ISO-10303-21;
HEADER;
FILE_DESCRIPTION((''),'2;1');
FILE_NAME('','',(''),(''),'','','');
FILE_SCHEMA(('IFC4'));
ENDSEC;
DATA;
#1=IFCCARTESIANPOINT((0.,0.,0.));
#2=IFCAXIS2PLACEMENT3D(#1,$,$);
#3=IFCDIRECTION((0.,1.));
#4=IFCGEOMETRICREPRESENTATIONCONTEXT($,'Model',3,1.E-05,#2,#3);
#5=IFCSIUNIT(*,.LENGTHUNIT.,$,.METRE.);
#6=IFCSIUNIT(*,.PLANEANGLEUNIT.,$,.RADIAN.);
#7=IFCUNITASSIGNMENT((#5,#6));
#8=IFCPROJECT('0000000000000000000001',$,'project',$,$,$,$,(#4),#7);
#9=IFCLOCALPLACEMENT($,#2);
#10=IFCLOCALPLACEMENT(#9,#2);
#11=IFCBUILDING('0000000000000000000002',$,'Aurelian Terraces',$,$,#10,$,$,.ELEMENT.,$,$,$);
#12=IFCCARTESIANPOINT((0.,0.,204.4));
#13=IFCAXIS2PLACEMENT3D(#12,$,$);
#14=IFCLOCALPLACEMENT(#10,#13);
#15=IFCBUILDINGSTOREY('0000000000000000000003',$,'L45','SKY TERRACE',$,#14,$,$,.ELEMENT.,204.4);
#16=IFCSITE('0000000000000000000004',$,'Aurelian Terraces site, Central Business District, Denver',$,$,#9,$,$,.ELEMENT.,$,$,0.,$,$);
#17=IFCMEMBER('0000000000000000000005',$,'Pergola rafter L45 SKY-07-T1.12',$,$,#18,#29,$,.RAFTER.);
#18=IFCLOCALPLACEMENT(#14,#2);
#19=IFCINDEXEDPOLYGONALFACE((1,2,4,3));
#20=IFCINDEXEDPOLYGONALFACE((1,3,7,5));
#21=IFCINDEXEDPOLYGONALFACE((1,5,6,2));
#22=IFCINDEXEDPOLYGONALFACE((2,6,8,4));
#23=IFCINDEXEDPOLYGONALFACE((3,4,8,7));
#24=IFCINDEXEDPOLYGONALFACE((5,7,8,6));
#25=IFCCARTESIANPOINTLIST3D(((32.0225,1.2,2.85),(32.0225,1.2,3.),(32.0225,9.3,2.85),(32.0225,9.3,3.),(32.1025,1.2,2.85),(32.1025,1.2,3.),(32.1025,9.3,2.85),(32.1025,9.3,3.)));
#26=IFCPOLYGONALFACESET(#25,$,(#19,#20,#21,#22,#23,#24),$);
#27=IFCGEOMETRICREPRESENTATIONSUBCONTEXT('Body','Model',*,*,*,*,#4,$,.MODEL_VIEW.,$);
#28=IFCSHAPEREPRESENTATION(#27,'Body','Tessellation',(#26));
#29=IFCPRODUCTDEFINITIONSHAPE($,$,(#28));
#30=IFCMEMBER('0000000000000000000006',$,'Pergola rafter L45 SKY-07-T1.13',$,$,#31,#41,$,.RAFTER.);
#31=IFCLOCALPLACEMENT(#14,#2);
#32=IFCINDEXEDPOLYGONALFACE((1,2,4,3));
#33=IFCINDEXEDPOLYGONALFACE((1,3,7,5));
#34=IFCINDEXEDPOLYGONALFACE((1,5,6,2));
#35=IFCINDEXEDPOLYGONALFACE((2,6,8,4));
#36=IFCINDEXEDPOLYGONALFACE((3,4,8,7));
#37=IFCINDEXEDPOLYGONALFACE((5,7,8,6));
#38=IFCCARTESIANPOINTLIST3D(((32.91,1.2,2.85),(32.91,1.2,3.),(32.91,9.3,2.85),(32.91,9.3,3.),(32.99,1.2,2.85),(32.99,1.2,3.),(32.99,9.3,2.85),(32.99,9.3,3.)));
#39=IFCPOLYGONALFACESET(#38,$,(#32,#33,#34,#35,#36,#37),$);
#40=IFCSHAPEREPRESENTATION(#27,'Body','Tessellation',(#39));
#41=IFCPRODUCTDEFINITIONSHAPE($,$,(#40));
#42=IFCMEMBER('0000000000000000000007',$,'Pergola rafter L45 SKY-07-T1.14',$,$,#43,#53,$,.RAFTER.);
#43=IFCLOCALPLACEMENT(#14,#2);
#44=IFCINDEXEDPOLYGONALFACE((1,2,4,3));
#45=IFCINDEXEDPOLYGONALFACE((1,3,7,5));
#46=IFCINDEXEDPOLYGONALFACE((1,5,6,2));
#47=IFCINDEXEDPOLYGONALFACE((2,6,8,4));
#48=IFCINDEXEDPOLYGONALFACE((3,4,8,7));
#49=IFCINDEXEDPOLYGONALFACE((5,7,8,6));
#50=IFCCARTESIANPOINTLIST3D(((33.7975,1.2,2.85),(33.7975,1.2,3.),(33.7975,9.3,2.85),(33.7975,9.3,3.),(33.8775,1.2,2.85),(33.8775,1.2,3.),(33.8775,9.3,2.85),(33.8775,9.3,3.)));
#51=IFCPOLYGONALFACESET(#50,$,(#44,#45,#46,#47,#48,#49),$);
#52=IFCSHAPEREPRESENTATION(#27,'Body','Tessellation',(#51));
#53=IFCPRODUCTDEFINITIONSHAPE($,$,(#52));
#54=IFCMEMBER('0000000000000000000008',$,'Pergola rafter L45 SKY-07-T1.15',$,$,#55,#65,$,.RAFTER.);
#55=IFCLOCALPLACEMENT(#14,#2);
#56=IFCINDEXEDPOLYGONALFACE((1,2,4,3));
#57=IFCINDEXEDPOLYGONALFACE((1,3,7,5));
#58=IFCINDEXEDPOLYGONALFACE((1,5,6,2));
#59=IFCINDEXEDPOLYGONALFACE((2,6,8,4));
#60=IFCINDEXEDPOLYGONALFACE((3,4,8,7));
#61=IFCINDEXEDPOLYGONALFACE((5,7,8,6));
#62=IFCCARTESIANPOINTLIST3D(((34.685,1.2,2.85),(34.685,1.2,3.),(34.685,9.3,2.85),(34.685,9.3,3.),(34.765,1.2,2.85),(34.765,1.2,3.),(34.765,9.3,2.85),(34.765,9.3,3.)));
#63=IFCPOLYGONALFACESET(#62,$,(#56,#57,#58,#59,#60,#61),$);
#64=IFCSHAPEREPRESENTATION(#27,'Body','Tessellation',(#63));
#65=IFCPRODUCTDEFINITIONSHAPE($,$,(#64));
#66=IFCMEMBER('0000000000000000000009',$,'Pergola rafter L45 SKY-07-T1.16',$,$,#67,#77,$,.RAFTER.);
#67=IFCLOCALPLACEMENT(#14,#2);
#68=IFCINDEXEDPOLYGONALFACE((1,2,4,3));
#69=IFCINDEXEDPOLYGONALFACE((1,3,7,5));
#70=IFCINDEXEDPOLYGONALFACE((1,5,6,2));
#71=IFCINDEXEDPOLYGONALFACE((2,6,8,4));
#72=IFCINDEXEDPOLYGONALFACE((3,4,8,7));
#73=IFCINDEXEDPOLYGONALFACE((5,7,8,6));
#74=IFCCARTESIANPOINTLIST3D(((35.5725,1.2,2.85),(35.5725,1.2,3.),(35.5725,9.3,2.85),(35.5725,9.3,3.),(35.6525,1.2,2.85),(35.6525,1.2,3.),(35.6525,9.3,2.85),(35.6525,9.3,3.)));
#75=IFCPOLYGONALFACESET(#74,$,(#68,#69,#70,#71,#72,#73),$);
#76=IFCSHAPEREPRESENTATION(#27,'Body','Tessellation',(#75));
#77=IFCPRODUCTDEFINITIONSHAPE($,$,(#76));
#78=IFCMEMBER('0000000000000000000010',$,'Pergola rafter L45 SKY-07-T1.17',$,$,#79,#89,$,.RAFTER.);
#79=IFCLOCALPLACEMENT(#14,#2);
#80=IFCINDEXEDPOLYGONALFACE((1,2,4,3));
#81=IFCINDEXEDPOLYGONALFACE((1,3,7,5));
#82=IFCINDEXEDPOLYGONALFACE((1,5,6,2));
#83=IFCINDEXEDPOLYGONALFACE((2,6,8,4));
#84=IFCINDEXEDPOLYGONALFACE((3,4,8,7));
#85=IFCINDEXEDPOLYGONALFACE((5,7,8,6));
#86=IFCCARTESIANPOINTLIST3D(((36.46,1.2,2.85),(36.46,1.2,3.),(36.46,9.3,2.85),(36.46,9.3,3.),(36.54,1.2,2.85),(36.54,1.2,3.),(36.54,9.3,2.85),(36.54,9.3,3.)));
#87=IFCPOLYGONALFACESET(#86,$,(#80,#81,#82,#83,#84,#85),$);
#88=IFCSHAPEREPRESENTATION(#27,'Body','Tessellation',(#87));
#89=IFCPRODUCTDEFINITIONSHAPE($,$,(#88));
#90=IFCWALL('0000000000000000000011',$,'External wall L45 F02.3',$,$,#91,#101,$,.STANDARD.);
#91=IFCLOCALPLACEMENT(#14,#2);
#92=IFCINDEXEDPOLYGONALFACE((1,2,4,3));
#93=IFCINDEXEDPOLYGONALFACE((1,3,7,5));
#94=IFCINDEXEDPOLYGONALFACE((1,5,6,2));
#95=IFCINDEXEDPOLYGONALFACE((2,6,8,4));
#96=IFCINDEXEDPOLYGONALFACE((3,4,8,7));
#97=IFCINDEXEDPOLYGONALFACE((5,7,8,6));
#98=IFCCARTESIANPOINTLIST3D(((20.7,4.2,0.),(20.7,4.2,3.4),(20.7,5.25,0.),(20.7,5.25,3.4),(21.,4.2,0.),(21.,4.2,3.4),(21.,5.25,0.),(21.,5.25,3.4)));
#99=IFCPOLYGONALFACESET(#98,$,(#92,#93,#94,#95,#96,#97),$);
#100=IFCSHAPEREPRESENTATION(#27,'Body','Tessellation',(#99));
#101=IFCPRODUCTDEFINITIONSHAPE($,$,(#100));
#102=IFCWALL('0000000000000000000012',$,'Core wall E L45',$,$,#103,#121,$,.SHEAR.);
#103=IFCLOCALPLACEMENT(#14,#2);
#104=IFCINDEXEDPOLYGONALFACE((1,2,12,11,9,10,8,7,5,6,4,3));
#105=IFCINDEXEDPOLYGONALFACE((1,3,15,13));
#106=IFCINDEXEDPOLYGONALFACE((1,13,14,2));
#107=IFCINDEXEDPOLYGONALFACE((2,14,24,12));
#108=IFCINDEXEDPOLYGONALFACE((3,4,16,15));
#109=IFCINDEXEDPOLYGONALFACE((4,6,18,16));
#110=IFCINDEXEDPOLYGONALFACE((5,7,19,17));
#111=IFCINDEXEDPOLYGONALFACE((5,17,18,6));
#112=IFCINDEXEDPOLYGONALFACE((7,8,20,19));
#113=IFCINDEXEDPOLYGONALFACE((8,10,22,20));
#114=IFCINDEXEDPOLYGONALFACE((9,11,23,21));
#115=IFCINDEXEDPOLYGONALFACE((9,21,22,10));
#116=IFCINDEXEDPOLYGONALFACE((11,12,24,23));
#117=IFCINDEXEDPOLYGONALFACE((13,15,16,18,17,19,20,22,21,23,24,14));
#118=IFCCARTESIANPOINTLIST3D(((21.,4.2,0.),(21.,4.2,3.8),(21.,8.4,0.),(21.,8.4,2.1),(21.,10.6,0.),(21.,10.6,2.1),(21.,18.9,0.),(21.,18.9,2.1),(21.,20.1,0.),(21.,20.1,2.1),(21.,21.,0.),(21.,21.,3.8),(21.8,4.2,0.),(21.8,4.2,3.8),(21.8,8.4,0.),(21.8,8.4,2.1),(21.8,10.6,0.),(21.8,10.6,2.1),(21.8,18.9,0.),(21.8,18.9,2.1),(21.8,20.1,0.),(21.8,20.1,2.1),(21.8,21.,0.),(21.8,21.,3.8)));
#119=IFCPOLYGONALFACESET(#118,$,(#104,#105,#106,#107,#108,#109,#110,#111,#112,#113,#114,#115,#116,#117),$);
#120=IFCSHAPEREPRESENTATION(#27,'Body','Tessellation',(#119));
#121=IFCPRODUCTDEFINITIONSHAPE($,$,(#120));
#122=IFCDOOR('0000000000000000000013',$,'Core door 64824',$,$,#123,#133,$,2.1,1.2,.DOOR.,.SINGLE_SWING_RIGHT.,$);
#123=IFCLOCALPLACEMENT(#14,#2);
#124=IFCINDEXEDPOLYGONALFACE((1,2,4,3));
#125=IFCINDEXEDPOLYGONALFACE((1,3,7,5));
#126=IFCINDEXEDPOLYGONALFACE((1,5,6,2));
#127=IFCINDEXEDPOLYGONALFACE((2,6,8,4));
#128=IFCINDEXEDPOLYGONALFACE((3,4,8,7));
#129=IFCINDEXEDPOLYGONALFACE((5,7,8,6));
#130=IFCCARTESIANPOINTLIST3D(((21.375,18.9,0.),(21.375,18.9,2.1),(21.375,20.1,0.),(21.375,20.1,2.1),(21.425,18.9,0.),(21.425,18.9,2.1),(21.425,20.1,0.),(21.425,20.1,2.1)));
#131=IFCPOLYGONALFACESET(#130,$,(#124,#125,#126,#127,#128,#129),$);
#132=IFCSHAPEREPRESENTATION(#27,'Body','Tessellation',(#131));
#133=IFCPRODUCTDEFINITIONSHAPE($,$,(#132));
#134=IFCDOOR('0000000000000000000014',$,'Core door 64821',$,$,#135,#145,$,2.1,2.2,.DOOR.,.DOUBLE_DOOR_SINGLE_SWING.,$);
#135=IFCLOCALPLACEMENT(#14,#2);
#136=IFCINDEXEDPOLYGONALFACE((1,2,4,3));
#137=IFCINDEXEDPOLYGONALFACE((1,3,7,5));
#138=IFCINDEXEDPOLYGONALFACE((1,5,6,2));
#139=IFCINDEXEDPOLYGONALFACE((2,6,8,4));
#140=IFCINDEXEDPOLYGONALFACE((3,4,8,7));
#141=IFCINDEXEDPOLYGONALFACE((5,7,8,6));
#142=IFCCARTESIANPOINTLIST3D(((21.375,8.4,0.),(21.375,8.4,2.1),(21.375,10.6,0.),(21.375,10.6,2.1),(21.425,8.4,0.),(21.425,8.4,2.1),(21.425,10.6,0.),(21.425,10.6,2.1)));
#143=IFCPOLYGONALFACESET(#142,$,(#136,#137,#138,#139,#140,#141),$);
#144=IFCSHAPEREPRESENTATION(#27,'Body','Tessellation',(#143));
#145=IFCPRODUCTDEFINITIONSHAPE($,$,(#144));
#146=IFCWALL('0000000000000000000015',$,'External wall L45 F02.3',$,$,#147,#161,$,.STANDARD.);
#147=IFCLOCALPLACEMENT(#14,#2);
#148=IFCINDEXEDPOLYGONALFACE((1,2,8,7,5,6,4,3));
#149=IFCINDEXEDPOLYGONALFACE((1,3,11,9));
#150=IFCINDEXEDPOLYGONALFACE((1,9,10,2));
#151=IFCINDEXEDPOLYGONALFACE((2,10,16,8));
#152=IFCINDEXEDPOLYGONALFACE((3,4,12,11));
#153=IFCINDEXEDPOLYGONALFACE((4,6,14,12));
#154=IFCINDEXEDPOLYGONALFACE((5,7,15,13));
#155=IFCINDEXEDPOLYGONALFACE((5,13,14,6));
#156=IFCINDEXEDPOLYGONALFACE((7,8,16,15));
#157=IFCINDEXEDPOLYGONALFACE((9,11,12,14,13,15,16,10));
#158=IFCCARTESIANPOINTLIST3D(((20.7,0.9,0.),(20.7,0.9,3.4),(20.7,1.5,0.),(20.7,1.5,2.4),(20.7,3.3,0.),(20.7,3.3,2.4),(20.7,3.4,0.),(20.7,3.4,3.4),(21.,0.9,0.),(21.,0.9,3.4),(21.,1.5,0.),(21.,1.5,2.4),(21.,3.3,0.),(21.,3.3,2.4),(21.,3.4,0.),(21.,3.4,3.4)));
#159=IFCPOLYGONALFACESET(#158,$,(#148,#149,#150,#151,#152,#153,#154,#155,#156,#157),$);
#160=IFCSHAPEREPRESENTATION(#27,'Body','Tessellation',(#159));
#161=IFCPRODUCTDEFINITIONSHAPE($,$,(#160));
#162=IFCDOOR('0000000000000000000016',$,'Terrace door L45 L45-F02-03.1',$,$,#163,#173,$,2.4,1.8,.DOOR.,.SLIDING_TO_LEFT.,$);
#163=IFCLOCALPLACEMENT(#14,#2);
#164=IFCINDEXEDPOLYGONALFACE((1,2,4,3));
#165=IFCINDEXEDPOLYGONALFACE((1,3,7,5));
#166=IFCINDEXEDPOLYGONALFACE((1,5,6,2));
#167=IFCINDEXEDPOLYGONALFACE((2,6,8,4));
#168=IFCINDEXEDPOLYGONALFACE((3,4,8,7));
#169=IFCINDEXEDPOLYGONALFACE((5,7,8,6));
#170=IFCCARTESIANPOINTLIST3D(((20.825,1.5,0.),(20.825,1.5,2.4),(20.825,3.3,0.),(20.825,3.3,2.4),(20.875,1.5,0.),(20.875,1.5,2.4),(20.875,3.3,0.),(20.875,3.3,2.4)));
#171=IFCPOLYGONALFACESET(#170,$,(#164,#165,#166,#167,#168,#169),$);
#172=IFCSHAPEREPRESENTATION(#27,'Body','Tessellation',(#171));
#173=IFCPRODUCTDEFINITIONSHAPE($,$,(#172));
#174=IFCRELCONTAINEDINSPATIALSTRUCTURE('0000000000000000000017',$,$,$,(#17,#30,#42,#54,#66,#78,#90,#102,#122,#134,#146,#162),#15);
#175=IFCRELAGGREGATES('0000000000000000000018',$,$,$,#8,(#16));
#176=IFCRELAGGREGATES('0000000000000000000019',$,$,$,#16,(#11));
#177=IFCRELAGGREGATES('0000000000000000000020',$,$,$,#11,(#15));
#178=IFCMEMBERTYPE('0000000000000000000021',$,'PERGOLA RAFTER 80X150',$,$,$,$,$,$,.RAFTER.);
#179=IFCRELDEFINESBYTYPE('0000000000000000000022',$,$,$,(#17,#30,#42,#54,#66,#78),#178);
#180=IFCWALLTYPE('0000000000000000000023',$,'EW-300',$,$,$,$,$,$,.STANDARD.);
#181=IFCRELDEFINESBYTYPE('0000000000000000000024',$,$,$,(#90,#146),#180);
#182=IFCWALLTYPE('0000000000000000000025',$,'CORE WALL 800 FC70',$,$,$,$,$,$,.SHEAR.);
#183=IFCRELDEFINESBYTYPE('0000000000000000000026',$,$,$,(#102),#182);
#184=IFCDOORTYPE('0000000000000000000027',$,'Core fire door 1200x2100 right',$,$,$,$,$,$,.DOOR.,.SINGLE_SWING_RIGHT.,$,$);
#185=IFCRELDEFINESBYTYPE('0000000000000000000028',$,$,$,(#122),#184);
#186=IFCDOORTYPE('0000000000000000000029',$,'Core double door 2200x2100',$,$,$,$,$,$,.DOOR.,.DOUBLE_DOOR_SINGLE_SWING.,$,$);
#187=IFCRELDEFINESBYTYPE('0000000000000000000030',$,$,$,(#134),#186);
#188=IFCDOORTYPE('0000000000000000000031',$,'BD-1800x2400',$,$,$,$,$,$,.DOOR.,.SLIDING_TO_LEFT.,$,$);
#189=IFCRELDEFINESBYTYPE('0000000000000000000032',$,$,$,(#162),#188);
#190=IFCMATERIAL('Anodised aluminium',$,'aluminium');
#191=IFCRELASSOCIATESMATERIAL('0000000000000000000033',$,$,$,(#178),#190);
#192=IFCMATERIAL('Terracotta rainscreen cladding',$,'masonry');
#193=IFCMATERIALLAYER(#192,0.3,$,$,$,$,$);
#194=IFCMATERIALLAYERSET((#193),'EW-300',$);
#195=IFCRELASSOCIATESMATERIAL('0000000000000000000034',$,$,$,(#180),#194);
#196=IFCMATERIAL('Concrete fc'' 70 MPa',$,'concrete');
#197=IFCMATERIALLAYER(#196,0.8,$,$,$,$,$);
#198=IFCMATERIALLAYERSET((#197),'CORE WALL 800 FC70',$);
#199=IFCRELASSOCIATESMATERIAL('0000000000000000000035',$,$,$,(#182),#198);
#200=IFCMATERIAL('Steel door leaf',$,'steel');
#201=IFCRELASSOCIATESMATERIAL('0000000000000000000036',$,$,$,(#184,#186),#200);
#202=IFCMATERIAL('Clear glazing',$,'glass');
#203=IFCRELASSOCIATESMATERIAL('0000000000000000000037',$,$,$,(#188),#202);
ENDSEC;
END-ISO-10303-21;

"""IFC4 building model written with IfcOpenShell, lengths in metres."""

from ifc_helpers import new_model, si_unit, direction, frame, frame_2d, origin, origin_2d, place, context, subcontext, project, spatial, rectangle, extrude, source, transform, mapped, material, layer, layer_set, material_profile, profile_set, type_object, element, fill, save


model = new_model("IFC4")

# Units and contexts
model_context = context("Model", 3, precision=1e-05, world=origin(), true_north=direction((0.0, 1.0)))
body_context = subcontext(model_context, "Body", "Model", "MODEL_VIEW")
ifc_project = project(units=[si_unit("LENGTHUNIT", "METRE"), si_unit("PLANEANGLEUNIT", "RADIAN")], contexts=[model_context])

# Site, building, storey
site_placement = place(None, origin())
site = spatial("IfcSite", under=ifc_project, at=site_placement, Name="Aurelian Terraces site, Central Business District, Denver", CompositionType="ELEMENT", RefElevation=0.0)
building_placement = place(site_placement, origin())
building = spatial("IfcBuilding", under=site, at=building_placement, Name="Aurelian Terraces", CompositionType="ELEMENT")
storey_placement = place(building_placement, frame((0.0, 0.0, 204.4)))
storey = spatial("IfcBuildingStorey", under=building, at=storey_placement, Name="L45", Description="SKY TERRACE", CompositionType="ELEMENT", Elevation=204.4)

# Shared definitions
ifc_material_1 = material(Name="Concrete fc' 70 MPa", Category="concrete")

# Members
ifc_material_2 = material(Name="Anodised aluminium", Category="aluminium")
ifc_material_profile_1 = material_profile(ifc_material_2, rectangle(XDim=0.08, YDim=0.15, at=origin_2d()))
ifc_profile_set_1 = profile_set([ifc_material_profile_1], Name="Anodised aluminium")
member_type_1 = type_object("IfcMemberType", Name="PERGOLA RAFTER 80X150", PredefinedType="RAFTER", material=ifc_profile_set_1)
shared_shape_1 = source(origin(), body_context, "Body", "SweptSolid", [
    extrude(rectangle(XDim=0.08, YDim=0.15, at=origin_2d()), origin(), (0.0, 0.0, 1.0), 8.1),
])
for number, where, z_axis, x_axis, name in (
    (1, (32.0625, 1.2, 2.925), (0.0, 1.0, 0.0), (-1.0, 0.0, 0.0), "Pergola rafter L45 SKY-07-T1.12"),
    (2, (32.95, 1.2, 2.925), (0.0, 1.0, 0.0), (-1.0, 0.0, 0.0), "Pergola rafter L45 SKY-07-T1.13"),
    (3, (33.8375, 1.2, 2.925), (0.0, 1.0, 0.0), (-1.0, 0.0, 0.0), "Pergola rafter L45 SKY-07-T1.14"),
    (4, (34.725, 1.2, 2.925), (0.0, 1.0, 0.0), (-1.0, 0.0, 0.0), "Pergola rafter L45 SKY-07-T1.15"),
    (5, (35.6125, 1.2, 2.925), (0.0, 1.0, 0.0), (-1.0, 0.0, 0.0), "Pergola rafter L45 SKY-07-T1.16"),
    (6, (36.5, 1.2, 2.925), (0.0, 1.0, 0.0), (-1.0, 0.0, 0.0), "Pergola rafter L45 SKY-07-T1.17"),
):
    element("IfcMember", number, at=place(storey_placement, frame(where, z_axis=z_axis, x_axis=x_axis)), inside=storey, type_object=member_type_1, Name=name, PredefinedType="RAFTER", context=body_context, shape_type="MappedRepresentation", body=[
        mapped(shared_shape_1, transform((0.0, 0.0, 0.0), scale=1.0)),
    ])

# Wall
ifc_material_3 = material(Name="Terracotta rainscreen cladding", Category="masonry")
ifc_layer_1 = layer(ifc_material_3, 0.3)
ifc_layer_set_1 = layer_set([ifc_layer_1], Name="EW-300")
wall_type_1 = type_object("IfcWallType", Name="EW-300", PredefinedType="STANDARD", material=ifc_layer_set_1)
wall_1_placement = place(storey_placement, frame((20.85, 4.2, 0.0), z_axis=(0.0, 0.0, 1.0), x_axis=(0.0, 1.0, 0.0)))
element("IfcWall", 7, at=wall_1_placement, inside=storey, type_object=wall_type_1, Name="External wall L45 F02.3", PredefinedType="STANDARD", context=body_context, shape_type="SweptSolid", body=[
    extrude(rectangle(XDim=1.05, YDim=0.3, at=frame_2d((0.525, 0.0))), origin(), (0.0, 0.0, 1.0), 3.4),
])

# Wall, openings, doors
ifc_layer_2 = layer(ifc_material_1, 0.8)
ifc_layer_set_2 = layer_set([ifc_layer_2], Name="CORE WALL 800 FC70")
wall_type_2 = type_object("IfcWallType", Name="CORE WALL 800 FC70", PredefinedType="SHEAR", material=ifc_layer_set_2)
shared_shape_2 = source(origin(), body_context, "Body", "SweptSolid", [
    extrude(rectangle(XDim=16.8, YDim=0.8, at=frame_2d((8.4, 0.0))), origin(), (0.0, 0.0, 1.0), 3.8),
])
wall_2_placement = place(storey_placement, frame((21.4, 4.2, 0.0), z_axis=(0.0, 0.0, 1.0), x_axis=(0.0, 1.0, 0.0)))
wall_2 = element("IfcWall", 8, at=wall_2_placement, inside=storey, type_object=wall_type_2, Name="Core wall E L45", PredefinedType="SHEAR", context=body_context, shape_type="MappedRepresentation", body=[
    mapped(shared_shape_2, transform((0.0, 0.0, 0.0), scale=1.0)),
])
shared_shape_3 = source(origin(), body_context, "Body", "SweptSolid", [
    extrude(rectangle(XDim=2.2, YDim=2.1, at=frame_2d((1.1, 1.05))), frame((0.0, 0.41, 0.0), z_axis=(0.0, -1.0, 0.0), x_axis=(1.0, 0.0, 0.0)), (0.0, 0.0, 1.0), 0.82),
])
opening_1_placement = place(wall_2_placement, frame((4.2, 0.0, 0.0)))
opening_1 = element("IfcOpeningElement", 9, at=opening_1_placement, cuts=wall_2, PredefinedType="OPENING", context=body_context, shape_type="MappedRepresentation", body=[
    mapped(shared_shape_3, transform((0.0, 0.0, 0.0), scale=1.0)),
])
shared_shape_4 = source(origin(), body_context, "Body", "SweptSolid", [
    extrude(rectangle(XDim=1.2, YDim=2.1, at=frame_2d((0.6, 1.05))), frame((0.0, 0.41, 0.0), z_axis=(0.0, -1.0, 0.0), x_axis=(1.0, 0.0, 0.0)), (0.0, 0.0, 1.0), 0.82),
])
opening_2_placement = place(wall_2_placement, frame((14.7, 0.0, 0.0)))
opening_2 = element("IfcOpeningElement", 10, at=opening_2_placement, cuts=wall_2, PredefinedType="OPENING", context=body_context, shape_type="MappedRepresentation", body=[
    mapped(shared_shape_4, transform((0.0, 0.0, 0.0), scale=1.0)),
])
ifc_material_4 = material(Name="Steel door leaf", Category="steel")
door_type_1 = type_object("IfcDoorType", Name="Core fire door 1200x2100 right", OperationType="SINGLE_SWING_RIGHT", PredefinedType="DOOR", material=ifc_material_4)
shared_shape_5 = source(origin(), body_context, "Body", "SweptSolid", [
    extrude(rectangle(XDim=1.2, YDim=2.1, at=frame_2d((0.6, 1.05))), frame((0.0, 0.025, 0.0), z_axis=(0.0, -1.0, 0.0), x_axis=(1.0, 0.0, 0.0)), (0.0, 0.0, 1.0), 0.05),
])
door_1_placement = place(opening_2_placement, origin())
door_1 = element("IfcDoor", 11, at=door_1_placement, inside=storey, type_object=door_type_1, Name="Core door 64824", OperationType="SINGLE_SWING_RIGHT", OverallHeight=2.1, OverallWidth=1.2, PredefinedType="DOOR", context=body_context, shape_type="MappedRepresentation", body=[
    mapped(shared_shape_5, transform((0.0, 0.0, 0.0), scale=1.0)),
])
fill(opening_2, door_1)
door_type_2 = type_object("IfcDoorType", Name="Core double door 2200x2100", OperationType="DOUBLE_DOOR_SINGLE_SWING", PredefinedType="DOOR", material=ifc_material_4)
shared_shape_6 = source(origin(), body_context, "Body", "SweptSolid", [
    extrude(rectangle(XDim=2.2, YDim=2.1, at=frame_2d((1.1, 1.05))), frame((0.0, 0.025, 0.0), z_axis=(0.0, -1.0, 0.0), x_axis=(1.0, 0.0, 0.0)), (0.0, 0.0, 1.0), 0.05),
])
door_2_placement = place(opening_1_placement, origin())
door_2 = element("IfcDoor", 12, at=door_2_placement, inside=storey, type_object=door_type_2, Name="Core door 64821", OperationType="DOUBLE_DOOR_SINGLE_SWING", OverallHeight=2.1, OverallWidth=2.2, PredefinedType="DOOR", context=body_context, shape_type="MappedRepresentation", body=[
    mapped(shared_shape_6, transform((0.0, 0.0, 0.0), scale=1.0)),
])
fill(opening_1, door_2)

# Wall, opening, door
shared_shape_7 = source(origin(), body_context, "Body", "SweptSolid", [
    extrude(rectangle(XDim=2.5, YDim=0.3, at=frame_2d((1.25, 0.0))), origin(), (0.0, 0.0, 1.0), 3.4),
])
wall_3_placement = place(storey_placement, frame((20.85, 0.9, 0.0), z_axis=(0.0, 0.0, 1.0), x_axis=(0.0, 1.0, 0.0)))
wall_3 = element("IfcWall", 13, at=wall_3_placement, inside=storey, type_object=wall_type_1, Name="External wall L45 F02.3", PredefinedType="STANDARD", context=body_context, shape_type="MappedRepresentation", body=[
    mapped(shared_shape_7, transform((0.0, 0.0, 0.0), scale=1.0)),
])
shared_shape_8 = source(origin(), body_context, "Body", "SweptSolid", [
    extrude(rectangle(XDim=1.8, YDim=2.4, at=frame_2d((0.9, 1.2))), frame((0.0, 0.16, 0.0), z_axis=(0.0, -1.0, 0.0), x_axis=(1.0, 0.0, 0.0)), (0.0, 0.0, 1.0), 0.32),
])
opening_3_placement = place(wall_3_placement, frame((0.6, 0.0, 0.0)))
opening_3 = element("IfcOpeningElement", 14, at=opening_3_placement, cuts=wall_3, PredefinedType="OPENING", context=body_context, shape_type="MappedRepresentation", body=[
    mapped(shared_shape_8, transform((0.0, 0.0, 0.0), scale=1.0)),
])
ifc_material_5 = material(Name="Clear glazing", Category="glass")
door_type_3 = type_object("IfcDoorType", Name="BD-1800x2400", OperationType="SLIDING_TO_LEFT", PredefinedType="DOOR", material=ifc_material_5)
shared_shape_9 = source(origin(), body_context, "Body", "SweptSolid", [
    extrude(rectangle(XDim=1.8, YDim=2.4, at=frame_2d((0.9, 1.2))), frame((0.0, 0.025, 0.0), z_axis=(0.0, -1.0, 0.0), x_axis=(1.0, 0.0, 0.0)), (0.0, 0.0, 1.0), 0.05),
])
door_3_placement = place(opening_3_placement, origin())
door_3 = element("IfcDoor", 15, at=door_3_placement, inside=storey, type_object=door_type_3, Name="Terrace door L45 L45-F02-03.1", OperationType="SLIDING_TO_LEFT", OverallHeight=2.4, OverallWidth=1.8, PredefinedType="DOOR", context=body_context, shape_type="MappedRepresentation", body=[
    mapped(shared_shape_9, transform((0.0, 0.0, 0.0), scale=1.0)),
])
fill(opening_3, door_3)

save(model, "model.ifc")
